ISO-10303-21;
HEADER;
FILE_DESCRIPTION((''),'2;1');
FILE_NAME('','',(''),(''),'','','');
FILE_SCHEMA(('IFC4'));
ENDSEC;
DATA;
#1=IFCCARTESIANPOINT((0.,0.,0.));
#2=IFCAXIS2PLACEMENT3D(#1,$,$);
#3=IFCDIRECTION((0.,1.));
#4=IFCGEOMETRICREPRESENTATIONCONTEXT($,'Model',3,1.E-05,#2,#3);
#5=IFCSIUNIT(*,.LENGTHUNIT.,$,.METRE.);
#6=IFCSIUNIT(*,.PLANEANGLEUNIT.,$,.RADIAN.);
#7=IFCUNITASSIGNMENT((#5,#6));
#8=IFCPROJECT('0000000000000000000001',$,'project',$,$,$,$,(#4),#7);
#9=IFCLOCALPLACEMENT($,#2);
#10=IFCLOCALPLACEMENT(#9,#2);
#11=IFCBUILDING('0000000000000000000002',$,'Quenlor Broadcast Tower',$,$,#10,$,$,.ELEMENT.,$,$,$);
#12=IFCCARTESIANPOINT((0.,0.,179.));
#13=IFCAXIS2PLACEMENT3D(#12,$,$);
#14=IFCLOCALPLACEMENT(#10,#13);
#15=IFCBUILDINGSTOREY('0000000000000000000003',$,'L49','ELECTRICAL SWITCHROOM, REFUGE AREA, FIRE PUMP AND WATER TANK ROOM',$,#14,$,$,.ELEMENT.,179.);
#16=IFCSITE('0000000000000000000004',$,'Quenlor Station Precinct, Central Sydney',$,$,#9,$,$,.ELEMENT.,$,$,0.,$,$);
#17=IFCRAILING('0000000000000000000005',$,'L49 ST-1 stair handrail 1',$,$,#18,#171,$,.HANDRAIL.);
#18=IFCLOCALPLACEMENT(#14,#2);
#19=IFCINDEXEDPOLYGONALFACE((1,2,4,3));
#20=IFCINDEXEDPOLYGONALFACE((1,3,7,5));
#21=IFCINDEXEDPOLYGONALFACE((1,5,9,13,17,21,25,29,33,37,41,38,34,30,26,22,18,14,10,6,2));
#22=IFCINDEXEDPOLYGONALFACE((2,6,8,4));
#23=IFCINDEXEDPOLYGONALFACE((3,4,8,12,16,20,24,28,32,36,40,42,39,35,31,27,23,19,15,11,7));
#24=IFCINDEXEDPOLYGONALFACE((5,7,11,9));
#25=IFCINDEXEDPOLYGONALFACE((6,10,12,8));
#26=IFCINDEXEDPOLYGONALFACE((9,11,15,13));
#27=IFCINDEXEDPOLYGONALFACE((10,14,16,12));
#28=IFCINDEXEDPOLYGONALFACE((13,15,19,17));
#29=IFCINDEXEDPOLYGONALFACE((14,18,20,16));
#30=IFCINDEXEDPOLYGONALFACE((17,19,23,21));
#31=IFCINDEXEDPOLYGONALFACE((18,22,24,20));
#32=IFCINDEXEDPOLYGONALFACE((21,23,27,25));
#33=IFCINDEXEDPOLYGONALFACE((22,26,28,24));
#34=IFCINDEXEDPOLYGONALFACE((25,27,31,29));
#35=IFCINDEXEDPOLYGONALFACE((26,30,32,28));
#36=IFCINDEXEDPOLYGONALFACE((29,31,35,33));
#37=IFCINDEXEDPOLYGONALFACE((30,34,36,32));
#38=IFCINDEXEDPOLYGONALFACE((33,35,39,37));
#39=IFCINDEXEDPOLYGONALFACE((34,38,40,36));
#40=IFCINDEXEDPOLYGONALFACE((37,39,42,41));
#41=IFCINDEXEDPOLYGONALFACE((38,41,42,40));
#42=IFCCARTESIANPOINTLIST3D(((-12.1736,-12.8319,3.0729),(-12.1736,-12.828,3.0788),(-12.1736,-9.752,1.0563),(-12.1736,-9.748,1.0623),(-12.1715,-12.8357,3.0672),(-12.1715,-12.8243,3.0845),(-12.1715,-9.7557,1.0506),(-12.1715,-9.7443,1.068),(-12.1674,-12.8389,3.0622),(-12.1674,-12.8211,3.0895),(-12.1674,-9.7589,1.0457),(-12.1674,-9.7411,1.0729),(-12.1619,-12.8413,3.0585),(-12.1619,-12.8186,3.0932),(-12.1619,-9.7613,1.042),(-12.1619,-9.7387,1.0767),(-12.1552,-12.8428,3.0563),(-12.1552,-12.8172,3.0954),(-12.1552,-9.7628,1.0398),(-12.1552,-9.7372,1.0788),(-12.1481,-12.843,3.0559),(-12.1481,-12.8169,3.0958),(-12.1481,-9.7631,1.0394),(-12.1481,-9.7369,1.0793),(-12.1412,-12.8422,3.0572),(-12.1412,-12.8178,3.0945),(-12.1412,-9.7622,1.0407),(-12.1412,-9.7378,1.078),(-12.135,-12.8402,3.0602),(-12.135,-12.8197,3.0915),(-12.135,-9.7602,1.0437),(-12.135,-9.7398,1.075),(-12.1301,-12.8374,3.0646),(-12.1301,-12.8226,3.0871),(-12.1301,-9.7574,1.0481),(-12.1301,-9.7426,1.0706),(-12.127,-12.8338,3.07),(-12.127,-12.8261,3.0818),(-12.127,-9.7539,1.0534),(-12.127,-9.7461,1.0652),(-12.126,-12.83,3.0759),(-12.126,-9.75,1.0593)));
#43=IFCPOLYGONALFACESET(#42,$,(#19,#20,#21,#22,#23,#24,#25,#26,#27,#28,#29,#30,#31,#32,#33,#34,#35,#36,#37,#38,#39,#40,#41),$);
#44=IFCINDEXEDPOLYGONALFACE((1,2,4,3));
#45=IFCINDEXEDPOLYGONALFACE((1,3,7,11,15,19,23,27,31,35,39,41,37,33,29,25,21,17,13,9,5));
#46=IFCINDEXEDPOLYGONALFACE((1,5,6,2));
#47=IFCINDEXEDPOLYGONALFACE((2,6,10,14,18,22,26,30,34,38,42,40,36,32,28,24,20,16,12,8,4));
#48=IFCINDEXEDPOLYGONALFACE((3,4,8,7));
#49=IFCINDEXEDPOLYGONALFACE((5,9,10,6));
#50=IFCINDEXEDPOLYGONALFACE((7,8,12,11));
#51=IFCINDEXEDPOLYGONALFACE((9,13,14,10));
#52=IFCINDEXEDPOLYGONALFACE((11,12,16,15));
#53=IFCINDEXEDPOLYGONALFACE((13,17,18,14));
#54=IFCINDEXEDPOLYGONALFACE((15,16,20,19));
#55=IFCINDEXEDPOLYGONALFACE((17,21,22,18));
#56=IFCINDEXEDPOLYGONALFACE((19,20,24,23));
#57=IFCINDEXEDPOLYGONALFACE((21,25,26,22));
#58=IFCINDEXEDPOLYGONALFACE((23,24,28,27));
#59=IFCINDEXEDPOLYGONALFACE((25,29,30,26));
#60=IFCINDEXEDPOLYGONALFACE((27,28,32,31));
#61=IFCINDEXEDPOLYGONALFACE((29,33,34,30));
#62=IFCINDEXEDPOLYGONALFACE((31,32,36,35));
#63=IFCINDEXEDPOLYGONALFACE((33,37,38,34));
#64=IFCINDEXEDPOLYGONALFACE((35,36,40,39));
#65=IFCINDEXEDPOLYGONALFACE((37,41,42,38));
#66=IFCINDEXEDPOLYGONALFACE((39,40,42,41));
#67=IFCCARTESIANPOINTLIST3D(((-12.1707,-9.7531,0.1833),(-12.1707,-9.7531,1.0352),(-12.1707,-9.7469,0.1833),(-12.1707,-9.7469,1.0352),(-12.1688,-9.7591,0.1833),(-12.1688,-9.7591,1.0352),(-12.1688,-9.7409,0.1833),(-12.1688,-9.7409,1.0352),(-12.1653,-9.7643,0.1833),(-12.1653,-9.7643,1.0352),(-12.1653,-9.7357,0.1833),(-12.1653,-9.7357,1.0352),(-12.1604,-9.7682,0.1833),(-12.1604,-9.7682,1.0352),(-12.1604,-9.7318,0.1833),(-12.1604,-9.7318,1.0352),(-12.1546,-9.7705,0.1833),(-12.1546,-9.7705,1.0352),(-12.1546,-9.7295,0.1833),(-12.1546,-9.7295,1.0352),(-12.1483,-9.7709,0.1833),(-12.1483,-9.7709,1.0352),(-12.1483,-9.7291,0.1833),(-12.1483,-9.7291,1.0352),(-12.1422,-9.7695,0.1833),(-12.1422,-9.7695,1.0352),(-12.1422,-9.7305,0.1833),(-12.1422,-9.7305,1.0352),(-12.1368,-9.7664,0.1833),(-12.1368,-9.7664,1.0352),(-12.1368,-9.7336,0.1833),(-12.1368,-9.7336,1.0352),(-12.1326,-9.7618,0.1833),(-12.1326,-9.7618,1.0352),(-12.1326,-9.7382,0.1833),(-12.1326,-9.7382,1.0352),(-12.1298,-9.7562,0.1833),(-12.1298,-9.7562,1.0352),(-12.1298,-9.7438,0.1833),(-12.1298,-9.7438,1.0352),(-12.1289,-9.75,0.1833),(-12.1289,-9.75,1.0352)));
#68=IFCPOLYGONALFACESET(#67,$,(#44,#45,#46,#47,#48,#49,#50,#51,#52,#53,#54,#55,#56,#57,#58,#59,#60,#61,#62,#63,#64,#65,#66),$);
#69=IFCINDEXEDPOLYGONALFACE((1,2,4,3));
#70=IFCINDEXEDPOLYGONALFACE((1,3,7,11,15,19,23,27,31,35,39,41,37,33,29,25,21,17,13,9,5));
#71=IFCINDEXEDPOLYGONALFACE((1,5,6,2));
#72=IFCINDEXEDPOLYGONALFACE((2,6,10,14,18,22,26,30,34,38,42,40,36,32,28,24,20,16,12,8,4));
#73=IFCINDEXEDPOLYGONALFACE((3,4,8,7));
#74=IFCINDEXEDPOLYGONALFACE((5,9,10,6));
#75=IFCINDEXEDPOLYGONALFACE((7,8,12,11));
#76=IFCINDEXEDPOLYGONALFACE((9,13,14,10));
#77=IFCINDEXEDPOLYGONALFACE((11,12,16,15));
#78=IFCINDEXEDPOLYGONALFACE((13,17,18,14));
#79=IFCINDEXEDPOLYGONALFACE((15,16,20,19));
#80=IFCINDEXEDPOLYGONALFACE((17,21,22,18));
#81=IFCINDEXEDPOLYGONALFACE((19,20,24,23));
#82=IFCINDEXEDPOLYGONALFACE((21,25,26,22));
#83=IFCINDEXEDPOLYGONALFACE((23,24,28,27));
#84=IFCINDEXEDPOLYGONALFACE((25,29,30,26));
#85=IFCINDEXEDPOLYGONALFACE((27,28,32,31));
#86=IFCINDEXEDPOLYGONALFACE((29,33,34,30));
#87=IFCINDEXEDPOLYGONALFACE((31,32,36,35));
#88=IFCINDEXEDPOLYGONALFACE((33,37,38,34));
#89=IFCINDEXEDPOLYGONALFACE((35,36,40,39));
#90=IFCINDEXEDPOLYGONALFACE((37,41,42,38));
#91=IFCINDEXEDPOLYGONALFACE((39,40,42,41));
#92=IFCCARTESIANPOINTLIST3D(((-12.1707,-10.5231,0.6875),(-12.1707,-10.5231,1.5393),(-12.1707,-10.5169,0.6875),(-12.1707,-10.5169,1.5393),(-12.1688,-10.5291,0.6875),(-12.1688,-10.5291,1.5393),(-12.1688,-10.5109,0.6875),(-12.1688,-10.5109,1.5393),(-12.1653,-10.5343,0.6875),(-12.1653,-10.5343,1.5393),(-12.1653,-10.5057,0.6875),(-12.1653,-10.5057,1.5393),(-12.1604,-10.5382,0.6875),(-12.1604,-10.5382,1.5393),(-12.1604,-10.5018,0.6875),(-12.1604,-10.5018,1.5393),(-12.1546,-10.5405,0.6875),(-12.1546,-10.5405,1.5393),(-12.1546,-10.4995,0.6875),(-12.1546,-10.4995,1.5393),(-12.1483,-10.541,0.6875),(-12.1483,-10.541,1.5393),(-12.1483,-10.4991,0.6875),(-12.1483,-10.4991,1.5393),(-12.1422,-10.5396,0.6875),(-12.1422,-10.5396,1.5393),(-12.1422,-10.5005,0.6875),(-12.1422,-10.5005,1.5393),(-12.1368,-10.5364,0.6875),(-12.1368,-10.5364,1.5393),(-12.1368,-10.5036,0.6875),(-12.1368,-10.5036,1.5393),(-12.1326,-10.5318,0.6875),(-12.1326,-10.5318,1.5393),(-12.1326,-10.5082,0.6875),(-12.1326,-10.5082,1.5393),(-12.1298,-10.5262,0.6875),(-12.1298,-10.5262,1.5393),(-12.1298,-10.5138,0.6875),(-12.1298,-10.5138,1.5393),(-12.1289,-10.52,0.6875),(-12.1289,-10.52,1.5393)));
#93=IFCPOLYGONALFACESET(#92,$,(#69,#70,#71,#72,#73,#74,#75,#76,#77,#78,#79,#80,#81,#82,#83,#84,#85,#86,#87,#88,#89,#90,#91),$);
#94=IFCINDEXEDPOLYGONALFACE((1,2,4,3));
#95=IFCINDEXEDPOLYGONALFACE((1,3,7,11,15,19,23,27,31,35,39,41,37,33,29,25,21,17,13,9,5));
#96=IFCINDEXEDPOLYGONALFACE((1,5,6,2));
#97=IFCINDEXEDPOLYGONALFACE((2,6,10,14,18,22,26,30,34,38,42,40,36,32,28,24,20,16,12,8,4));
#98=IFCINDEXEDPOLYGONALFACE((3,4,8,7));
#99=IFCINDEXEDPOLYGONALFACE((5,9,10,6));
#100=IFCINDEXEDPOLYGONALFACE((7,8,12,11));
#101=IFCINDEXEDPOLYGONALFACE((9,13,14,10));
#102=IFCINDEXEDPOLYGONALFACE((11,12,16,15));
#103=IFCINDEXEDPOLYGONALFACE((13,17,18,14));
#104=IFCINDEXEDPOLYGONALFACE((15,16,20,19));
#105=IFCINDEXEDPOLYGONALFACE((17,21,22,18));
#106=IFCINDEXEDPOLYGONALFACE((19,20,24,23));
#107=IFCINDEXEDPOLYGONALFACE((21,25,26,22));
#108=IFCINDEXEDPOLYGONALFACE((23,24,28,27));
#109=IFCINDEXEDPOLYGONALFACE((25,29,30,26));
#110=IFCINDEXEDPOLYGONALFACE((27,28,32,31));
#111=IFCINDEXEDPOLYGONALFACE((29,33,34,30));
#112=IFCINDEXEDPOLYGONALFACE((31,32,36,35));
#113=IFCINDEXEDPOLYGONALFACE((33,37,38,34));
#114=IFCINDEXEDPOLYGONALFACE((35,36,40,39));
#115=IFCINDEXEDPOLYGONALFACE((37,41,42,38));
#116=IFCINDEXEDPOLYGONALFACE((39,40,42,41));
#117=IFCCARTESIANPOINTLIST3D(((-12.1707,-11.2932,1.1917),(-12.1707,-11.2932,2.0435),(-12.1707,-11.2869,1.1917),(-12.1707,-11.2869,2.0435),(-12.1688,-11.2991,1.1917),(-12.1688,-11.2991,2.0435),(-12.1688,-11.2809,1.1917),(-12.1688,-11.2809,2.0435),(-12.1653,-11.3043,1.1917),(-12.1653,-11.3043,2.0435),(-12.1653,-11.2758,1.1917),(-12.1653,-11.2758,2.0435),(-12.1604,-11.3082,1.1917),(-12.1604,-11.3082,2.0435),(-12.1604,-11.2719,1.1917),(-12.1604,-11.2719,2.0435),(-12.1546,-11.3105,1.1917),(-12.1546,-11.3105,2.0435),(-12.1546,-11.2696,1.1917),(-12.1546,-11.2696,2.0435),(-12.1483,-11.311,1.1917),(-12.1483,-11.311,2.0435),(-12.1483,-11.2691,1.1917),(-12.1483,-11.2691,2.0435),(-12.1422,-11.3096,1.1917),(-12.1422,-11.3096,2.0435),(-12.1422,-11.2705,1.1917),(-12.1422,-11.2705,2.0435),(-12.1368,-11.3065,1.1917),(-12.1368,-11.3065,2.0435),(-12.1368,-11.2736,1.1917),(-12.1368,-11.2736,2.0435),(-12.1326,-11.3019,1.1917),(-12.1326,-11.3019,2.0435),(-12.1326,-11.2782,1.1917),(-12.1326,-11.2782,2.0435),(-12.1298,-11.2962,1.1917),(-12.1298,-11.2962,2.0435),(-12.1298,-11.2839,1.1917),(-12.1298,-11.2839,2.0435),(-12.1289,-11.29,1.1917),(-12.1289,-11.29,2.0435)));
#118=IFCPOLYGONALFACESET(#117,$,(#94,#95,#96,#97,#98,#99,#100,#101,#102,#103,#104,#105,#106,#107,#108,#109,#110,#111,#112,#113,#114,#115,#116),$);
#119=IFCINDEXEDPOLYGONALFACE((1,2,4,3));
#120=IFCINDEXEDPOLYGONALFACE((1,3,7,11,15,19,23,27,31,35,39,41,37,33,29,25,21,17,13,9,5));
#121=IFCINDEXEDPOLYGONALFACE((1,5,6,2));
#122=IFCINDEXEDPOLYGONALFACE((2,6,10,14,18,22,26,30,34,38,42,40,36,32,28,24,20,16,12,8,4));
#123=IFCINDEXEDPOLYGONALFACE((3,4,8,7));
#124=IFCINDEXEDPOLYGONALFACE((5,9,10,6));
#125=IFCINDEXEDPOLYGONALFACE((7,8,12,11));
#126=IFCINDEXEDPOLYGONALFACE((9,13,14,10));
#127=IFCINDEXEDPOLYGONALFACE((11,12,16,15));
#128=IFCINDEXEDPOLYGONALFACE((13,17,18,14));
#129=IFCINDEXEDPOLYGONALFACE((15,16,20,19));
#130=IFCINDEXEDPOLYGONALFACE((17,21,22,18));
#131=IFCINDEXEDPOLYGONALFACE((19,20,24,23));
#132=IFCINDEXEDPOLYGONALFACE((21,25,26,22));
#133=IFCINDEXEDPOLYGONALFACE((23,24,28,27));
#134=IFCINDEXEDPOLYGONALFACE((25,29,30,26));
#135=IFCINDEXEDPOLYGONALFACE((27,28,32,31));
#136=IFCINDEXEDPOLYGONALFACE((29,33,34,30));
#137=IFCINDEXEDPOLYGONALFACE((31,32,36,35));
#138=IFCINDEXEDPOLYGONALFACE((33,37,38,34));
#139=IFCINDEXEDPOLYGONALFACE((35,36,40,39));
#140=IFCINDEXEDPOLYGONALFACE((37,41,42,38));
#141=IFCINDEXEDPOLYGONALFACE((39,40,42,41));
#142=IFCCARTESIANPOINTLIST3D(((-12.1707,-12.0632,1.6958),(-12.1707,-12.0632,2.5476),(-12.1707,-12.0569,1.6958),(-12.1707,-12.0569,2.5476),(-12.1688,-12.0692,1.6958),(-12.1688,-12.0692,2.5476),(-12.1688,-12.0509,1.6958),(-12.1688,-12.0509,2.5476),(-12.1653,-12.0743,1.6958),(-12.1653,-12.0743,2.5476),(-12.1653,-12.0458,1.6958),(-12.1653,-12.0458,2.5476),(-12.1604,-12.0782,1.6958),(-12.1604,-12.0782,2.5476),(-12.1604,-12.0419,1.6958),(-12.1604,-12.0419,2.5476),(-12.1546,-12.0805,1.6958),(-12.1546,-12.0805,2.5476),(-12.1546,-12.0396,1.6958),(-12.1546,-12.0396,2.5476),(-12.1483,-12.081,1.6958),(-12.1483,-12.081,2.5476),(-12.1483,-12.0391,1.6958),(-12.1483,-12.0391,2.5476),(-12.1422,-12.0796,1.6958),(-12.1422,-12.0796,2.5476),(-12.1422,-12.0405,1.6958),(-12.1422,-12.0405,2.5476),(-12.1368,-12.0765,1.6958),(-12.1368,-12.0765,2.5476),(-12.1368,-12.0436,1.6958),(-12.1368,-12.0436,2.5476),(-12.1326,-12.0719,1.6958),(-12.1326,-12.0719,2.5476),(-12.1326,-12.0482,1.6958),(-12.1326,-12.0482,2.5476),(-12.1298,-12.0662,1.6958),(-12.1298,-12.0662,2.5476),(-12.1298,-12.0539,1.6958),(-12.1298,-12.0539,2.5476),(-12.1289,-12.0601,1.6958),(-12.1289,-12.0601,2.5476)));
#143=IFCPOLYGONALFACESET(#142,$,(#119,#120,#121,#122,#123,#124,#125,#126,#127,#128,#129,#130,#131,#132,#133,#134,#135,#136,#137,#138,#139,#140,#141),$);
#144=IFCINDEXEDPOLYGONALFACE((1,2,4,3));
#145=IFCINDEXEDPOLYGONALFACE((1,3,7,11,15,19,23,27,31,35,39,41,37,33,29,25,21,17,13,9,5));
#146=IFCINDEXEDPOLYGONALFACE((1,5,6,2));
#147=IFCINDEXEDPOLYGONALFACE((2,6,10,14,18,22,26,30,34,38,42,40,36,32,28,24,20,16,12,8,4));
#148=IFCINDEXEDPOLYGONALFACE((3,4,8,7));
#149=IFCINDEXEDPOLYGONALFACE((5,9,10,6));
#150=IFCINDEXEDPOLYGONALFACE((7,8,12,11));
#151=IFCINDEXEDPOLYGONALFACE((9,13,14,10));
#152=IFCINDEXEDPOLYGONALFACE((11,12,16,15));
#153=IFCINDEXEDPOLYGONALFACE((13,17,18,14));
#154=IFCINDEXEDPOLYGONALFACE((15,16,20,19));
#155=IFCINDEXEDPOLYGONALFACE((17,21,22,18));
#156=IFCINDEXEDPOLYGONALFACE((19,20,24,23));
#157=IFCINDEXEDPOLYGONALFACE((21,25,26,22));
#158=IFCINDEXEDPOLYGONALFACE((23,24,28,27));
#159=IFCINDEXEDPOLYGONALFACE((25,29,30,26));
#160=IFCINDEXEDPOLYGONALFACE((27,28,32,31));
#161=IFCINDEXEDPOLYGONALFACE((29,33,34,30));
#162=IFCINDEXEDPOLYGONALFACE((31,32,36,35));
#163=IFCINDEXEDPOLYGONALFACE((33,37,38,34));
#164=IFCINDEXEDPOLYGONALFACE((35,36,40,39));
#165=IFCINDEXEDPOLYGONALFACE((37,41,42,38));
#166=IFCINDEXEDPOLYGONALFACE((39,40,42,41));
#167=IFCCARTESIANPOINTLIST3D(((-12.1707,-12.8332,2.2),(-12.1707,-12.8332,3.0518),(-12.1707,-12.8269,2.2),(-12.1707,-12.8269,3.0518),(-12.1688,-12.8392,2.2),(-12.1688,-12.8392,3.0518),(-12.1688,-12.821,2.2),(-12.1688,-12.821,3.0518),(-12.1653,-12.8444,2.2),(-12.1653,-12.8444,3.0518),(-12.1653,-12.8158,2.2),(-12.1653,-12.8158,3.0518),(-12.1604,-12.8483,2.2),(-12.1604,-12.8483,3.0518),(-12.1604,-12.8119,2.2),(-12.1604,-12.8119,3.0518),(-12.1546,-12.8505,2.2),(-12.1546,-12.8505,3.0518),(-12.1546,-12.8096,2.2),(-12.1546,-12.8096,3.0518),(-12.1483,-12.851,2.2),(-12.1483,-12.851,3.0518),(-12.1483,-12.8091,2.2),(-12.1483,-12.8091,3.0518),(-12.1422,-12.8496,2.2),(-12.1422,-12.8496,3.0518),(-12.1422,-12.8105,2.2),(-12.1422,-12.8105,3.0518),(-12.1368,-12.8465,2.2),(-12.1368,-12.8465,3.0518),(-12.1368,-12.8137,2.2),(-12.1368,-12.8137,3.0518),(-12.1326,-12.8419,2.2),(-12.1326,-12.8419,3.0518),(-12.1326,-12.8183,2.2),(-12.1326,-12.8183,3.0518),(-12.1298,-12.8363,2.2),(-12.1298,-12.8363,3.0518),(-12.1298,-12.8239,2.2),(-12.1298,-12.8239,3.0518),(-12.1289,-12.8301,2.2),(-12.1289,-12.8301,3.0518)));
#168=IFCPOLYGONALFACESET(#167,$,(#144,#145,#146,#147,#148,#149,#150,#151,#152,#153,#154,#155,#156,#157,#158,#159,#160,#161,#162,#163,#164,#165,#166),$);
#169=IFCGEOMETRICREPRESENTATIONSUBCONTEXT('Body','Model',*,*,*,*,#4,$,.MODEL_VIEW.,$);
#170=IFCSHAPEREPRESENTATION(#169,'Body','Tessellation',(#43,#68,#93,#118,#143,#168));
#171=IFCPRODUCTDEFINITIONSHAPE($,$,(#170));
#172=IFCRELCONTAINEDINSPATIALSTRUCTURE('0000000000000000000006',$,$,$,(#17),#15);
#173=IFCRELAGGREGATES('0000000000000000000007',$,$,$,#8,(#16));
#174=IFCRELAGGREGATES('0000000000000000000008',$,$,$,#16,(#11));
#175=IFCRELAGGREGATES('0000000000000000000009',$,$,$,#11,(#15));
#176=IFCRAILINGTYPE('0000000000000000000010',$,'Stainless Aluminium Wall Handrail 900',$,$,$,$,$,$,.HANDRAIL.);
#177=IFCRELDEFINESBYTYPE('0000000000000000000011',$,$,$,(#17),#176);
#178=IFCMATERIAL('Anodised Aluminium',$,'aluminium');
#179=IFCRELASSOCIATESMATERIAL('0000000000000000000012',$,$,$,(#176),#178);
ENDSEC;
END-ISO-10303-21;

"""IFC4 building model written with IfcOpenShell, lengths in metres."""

from ifc_helpers import new_model, si_unit, direction, frame, origin, origin_2d, place, context, subcontext, project, spatial, circle, extrude, material, type_object, element, save


model = new_model("IFC4")

# Units and contexts
model_context = context("Model", 3, precision=1e-05, world=origin(), true_north=direction((0.0, 1.0)))
body_context = subcontext(model_context, "Body", "Model", "MODEL_VIEW")
ifc_project = project(units=[si_unit("LENGTHUNIT", "METRE"), si_unit("PLANEANGLEUNIT", "RADIAN")], contexts=[model_context])

# Site, building, storey
site_placement = place(None, origin())
site = spatial("IfcSite", under=ifc_project, at=site_placement, Name="Quenlor Station Precinct, Central Sydney", CompositionType="ELEMENT", RefElevation=0.0)
building_placement = place(site_placement, origin())
building = spatial("IfcBuilding", under=site, at=building_placement, Name="Quenlor Broadcast Tower", CompositionType="ELEMENT")
storey_placement = place(building_placement, frame((0.0, 0.0, 179.0)))
storey = spatial("IfcBuildingStorey", under=building, at=storey_placement, Name="L49", Description="ELECTRICAL SWITCHROOM, REFUGE AREA, FIRE PUMP AND WATER TANK ROOM", CompositionType="ELEMENT", Elevation=179.0)

# Railing
ifc_material_1 = material(Name="Anodised Aluminium", Category="aluminium")
railing_type_1 = type_object("IfcRailingType", Name="Stainless Aluminium Wall Handrail 900", PredefinedType="HANDRAIL", material=ifc_material_1)
railing_1_placement = place(storey_placement, frame((-12.1499, -9.75, 0.1833)))
element("IfcRailing", 1, at=railing_1_placement, inside=storey, type_object=railing_type_1, Name="L49 ST-1 stair handrail 1", PredefinedType="HANDRAIL", context=body_context, shape_type="SweptSolid", body=[
    extrude(circle(Radius=0.0239, at=origin_2d()), frame((0.0, 0.0, 0.876), z_axis=(0.0, -0.836633, 0.547764), x_axis=(1.0, 0.0, 0.0)), (0.0, 0.0, 1.0), 3.6814),
    extrude(circle(Radius=0.021, at=origin_2d()), origin(), (0.0, 0.0, 1.0), 0.8518),
    extrude(circle(Radius=0.021, at=origin_2d()), frame((0.0, -0.77, 0.5042)), (0.0, 0.0, 1.0), 0.8518),
    extrude(circle(Radius=0.021, at=origin_2d()), frame((0.0, -1.54, 1.0083)), (0.0, 0.0, 1.0), 0.8518),
    extrude(circle(Radius=0.021, at=origin_2d()), frame((0.0, -2.3101, 1.5125)), (0.0, 0.0, 1.0), 0.8518),
    extrude(circle(Radius=0.021, at=origin_2d()), frame((0.0, -3.0801, 2.0166)), (0.0, 0.0, 1.0), 0.8518),
])

save(model, "model.ifc")
